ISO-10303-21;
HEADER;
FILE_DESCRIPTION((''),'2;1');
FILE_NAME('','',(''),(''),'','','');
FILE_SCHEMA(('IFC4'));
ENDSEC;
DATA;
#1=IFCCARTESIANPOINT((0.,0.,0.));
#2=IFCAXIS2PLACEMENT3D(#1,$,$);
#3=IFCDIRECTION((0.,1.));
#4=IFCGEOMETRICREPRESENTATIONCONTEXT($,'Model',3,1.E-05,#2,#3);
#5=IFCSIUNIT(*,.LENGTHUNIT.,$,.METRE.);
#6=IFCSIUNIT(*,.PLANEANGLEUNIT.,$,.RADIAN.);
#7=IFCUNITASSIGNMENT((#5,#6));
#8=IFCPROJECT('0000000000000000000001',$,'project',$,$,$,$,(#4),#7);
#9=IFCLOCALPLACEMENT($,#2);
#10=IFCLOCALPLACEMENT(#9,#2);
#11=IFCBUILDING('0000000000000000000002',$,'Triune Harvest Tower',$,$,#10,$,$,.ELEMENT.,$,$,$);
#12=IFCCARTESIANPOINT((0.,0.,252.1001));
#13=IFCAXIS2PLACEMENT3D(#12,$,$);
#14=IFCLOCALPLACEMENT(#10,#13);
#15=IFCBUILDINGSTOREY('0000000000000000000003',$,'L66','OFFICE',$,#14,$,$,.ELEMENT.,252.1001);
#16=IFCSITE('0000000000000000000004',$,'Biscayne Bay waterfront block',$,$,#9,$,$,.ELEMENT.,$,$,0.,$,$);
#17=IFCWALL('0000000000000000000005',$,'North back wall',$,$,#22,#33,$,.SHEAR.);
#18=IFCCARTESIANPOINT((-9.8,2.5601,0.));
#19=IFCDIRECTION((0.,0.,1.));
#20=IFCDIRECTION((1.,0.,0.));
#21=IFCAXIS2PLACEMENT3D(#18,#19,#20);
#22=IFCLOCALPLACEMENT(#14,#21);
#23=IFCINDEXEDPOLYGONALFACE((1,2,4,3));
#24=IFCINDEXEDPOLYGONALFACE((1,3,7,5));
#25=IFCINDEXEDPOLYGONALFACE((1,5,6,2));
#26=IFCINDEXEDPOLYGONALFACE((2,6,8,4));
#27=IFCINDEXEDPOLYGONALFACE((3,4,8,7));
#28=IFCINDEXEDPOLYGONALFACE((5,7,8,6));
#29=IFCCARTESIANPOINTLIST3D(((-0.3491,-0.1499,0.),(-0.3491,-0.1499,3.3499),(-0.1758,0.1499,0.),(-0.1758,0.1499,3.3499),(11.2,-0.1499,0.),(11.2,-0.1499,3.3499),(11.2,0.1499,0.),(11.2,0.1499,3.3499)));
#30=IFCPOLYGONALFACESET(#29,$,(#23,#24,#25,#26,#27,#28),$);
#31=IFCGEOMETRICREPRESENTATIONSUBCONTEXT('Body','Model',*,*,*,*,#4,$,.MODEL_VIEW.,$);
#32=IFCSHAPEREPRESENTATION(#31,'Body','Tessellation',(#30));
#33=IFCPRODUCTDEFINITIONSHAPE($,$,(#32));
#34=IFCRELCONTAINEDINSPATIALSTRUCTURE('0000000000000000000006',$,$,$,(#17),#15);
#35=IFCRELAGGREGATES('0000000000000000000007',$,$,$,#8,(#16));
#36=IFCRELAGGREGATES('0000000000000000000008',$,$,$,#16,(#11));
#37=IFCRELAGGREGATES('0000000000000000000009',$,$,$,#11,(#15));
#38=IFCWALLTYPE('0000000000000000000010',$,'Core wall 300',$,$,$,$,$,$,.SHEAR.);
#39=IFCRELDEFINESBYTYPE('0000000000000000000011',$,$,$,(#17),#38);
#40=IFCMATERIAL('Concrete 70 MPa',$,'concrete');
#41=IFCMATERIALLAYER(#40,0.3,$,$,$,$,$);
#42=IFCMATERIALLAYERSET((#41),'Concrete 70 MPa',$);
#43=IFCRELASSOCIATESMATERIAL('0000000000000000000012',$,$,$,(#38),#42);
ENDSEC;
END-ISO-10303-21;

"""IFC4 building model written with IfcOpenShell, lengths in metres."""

from ifc_helpers import new_model, si_unit, direction, frame, origin, place, context, subcontext, project, spatial, polyline, outline, extrude, source, transform, mapped, material, layer, layer_set, type_object, element, save


model = new_model("IFC4")

# Units and contexts
model_context = context("Model", 3, precision=1e-05, world=origin(), true_north=direction((0.0, 1.0)))
body_context = subcontext(model_context, "Body", "Model", "MODEL_VIEW")
ifc_project = project(units=[si_unit("LENGTHUNIT", "METRE"), si_unit("PLANEANGLEUNIT", "RADIAN")], contexts=[model_context])

# Site, building, storey
site_placement = place(None, origin())
site = spatial("IfcSite", under=ifc_project, at=site_placement, Name="Biscayne Bay waterfront block", CompositionType="ELEMENT", RefElevation=0.0)
building_placement = place(site_placement, origin())
building = spatial("IfcBuilding", under=site, at=building_placement, Name="Triune Harvest Tower", CompositionType="ELEMENT")
storey_placement = place(building_placement, frame((0.0, 0.0, 252.1001)))
storey = spatial("IfcBuildingStorey", under=building, at=storey_placement, Name="L66", Description="OFFICE", CompositionType="ELEMENT", Elevation=252.1001)

# Shared definitions
ifc_material_1 = material(Name="Concrete 70 MPa", Category="concrete")
ifc_layer_1 = layer(ifc_material_1, 0.3)
ifc_layer_set_1 = layer_set([ifc_layer_1], Name="Concrete 70 MPa")
wall_type_1 = type_object("IfcWallType", Name="Core wall 300", PredefinedType="SHEAR", material=ifc_layer_set_1)

# Wall
shared_shape_1 = source(origin(), body_context, "Body", "SweptSolid", [
    extrude(outline(polyline([(11.2, -0.1499), (-0.3491, -0.1499), (-0.1758, 0.1499), (11.2, 0.1499), (11.2, -0.1499)])), origin(), (0.0, 0.0, 1.0), 3.3499),
])
wall_1_placement = place(storey_placement, frame((-9.8, 2.5601, 0.0), z_axis=(0.0, 0.0, 1.0), x_axis=(1.0, 0.0, 0.0)))
element("IfcWall", 1, at=wall_1_placement, inside=storey, type_object=wall_type_1, Name="North back wall", PredefinedType="SHEAR", context=body_context, shape_type="MappedRepresentation", body=[
    mapped(shared_shape_1, transform((0.0, 0.0, 0.0), scale=1.0)),
])

save(model, "model.ifc")
